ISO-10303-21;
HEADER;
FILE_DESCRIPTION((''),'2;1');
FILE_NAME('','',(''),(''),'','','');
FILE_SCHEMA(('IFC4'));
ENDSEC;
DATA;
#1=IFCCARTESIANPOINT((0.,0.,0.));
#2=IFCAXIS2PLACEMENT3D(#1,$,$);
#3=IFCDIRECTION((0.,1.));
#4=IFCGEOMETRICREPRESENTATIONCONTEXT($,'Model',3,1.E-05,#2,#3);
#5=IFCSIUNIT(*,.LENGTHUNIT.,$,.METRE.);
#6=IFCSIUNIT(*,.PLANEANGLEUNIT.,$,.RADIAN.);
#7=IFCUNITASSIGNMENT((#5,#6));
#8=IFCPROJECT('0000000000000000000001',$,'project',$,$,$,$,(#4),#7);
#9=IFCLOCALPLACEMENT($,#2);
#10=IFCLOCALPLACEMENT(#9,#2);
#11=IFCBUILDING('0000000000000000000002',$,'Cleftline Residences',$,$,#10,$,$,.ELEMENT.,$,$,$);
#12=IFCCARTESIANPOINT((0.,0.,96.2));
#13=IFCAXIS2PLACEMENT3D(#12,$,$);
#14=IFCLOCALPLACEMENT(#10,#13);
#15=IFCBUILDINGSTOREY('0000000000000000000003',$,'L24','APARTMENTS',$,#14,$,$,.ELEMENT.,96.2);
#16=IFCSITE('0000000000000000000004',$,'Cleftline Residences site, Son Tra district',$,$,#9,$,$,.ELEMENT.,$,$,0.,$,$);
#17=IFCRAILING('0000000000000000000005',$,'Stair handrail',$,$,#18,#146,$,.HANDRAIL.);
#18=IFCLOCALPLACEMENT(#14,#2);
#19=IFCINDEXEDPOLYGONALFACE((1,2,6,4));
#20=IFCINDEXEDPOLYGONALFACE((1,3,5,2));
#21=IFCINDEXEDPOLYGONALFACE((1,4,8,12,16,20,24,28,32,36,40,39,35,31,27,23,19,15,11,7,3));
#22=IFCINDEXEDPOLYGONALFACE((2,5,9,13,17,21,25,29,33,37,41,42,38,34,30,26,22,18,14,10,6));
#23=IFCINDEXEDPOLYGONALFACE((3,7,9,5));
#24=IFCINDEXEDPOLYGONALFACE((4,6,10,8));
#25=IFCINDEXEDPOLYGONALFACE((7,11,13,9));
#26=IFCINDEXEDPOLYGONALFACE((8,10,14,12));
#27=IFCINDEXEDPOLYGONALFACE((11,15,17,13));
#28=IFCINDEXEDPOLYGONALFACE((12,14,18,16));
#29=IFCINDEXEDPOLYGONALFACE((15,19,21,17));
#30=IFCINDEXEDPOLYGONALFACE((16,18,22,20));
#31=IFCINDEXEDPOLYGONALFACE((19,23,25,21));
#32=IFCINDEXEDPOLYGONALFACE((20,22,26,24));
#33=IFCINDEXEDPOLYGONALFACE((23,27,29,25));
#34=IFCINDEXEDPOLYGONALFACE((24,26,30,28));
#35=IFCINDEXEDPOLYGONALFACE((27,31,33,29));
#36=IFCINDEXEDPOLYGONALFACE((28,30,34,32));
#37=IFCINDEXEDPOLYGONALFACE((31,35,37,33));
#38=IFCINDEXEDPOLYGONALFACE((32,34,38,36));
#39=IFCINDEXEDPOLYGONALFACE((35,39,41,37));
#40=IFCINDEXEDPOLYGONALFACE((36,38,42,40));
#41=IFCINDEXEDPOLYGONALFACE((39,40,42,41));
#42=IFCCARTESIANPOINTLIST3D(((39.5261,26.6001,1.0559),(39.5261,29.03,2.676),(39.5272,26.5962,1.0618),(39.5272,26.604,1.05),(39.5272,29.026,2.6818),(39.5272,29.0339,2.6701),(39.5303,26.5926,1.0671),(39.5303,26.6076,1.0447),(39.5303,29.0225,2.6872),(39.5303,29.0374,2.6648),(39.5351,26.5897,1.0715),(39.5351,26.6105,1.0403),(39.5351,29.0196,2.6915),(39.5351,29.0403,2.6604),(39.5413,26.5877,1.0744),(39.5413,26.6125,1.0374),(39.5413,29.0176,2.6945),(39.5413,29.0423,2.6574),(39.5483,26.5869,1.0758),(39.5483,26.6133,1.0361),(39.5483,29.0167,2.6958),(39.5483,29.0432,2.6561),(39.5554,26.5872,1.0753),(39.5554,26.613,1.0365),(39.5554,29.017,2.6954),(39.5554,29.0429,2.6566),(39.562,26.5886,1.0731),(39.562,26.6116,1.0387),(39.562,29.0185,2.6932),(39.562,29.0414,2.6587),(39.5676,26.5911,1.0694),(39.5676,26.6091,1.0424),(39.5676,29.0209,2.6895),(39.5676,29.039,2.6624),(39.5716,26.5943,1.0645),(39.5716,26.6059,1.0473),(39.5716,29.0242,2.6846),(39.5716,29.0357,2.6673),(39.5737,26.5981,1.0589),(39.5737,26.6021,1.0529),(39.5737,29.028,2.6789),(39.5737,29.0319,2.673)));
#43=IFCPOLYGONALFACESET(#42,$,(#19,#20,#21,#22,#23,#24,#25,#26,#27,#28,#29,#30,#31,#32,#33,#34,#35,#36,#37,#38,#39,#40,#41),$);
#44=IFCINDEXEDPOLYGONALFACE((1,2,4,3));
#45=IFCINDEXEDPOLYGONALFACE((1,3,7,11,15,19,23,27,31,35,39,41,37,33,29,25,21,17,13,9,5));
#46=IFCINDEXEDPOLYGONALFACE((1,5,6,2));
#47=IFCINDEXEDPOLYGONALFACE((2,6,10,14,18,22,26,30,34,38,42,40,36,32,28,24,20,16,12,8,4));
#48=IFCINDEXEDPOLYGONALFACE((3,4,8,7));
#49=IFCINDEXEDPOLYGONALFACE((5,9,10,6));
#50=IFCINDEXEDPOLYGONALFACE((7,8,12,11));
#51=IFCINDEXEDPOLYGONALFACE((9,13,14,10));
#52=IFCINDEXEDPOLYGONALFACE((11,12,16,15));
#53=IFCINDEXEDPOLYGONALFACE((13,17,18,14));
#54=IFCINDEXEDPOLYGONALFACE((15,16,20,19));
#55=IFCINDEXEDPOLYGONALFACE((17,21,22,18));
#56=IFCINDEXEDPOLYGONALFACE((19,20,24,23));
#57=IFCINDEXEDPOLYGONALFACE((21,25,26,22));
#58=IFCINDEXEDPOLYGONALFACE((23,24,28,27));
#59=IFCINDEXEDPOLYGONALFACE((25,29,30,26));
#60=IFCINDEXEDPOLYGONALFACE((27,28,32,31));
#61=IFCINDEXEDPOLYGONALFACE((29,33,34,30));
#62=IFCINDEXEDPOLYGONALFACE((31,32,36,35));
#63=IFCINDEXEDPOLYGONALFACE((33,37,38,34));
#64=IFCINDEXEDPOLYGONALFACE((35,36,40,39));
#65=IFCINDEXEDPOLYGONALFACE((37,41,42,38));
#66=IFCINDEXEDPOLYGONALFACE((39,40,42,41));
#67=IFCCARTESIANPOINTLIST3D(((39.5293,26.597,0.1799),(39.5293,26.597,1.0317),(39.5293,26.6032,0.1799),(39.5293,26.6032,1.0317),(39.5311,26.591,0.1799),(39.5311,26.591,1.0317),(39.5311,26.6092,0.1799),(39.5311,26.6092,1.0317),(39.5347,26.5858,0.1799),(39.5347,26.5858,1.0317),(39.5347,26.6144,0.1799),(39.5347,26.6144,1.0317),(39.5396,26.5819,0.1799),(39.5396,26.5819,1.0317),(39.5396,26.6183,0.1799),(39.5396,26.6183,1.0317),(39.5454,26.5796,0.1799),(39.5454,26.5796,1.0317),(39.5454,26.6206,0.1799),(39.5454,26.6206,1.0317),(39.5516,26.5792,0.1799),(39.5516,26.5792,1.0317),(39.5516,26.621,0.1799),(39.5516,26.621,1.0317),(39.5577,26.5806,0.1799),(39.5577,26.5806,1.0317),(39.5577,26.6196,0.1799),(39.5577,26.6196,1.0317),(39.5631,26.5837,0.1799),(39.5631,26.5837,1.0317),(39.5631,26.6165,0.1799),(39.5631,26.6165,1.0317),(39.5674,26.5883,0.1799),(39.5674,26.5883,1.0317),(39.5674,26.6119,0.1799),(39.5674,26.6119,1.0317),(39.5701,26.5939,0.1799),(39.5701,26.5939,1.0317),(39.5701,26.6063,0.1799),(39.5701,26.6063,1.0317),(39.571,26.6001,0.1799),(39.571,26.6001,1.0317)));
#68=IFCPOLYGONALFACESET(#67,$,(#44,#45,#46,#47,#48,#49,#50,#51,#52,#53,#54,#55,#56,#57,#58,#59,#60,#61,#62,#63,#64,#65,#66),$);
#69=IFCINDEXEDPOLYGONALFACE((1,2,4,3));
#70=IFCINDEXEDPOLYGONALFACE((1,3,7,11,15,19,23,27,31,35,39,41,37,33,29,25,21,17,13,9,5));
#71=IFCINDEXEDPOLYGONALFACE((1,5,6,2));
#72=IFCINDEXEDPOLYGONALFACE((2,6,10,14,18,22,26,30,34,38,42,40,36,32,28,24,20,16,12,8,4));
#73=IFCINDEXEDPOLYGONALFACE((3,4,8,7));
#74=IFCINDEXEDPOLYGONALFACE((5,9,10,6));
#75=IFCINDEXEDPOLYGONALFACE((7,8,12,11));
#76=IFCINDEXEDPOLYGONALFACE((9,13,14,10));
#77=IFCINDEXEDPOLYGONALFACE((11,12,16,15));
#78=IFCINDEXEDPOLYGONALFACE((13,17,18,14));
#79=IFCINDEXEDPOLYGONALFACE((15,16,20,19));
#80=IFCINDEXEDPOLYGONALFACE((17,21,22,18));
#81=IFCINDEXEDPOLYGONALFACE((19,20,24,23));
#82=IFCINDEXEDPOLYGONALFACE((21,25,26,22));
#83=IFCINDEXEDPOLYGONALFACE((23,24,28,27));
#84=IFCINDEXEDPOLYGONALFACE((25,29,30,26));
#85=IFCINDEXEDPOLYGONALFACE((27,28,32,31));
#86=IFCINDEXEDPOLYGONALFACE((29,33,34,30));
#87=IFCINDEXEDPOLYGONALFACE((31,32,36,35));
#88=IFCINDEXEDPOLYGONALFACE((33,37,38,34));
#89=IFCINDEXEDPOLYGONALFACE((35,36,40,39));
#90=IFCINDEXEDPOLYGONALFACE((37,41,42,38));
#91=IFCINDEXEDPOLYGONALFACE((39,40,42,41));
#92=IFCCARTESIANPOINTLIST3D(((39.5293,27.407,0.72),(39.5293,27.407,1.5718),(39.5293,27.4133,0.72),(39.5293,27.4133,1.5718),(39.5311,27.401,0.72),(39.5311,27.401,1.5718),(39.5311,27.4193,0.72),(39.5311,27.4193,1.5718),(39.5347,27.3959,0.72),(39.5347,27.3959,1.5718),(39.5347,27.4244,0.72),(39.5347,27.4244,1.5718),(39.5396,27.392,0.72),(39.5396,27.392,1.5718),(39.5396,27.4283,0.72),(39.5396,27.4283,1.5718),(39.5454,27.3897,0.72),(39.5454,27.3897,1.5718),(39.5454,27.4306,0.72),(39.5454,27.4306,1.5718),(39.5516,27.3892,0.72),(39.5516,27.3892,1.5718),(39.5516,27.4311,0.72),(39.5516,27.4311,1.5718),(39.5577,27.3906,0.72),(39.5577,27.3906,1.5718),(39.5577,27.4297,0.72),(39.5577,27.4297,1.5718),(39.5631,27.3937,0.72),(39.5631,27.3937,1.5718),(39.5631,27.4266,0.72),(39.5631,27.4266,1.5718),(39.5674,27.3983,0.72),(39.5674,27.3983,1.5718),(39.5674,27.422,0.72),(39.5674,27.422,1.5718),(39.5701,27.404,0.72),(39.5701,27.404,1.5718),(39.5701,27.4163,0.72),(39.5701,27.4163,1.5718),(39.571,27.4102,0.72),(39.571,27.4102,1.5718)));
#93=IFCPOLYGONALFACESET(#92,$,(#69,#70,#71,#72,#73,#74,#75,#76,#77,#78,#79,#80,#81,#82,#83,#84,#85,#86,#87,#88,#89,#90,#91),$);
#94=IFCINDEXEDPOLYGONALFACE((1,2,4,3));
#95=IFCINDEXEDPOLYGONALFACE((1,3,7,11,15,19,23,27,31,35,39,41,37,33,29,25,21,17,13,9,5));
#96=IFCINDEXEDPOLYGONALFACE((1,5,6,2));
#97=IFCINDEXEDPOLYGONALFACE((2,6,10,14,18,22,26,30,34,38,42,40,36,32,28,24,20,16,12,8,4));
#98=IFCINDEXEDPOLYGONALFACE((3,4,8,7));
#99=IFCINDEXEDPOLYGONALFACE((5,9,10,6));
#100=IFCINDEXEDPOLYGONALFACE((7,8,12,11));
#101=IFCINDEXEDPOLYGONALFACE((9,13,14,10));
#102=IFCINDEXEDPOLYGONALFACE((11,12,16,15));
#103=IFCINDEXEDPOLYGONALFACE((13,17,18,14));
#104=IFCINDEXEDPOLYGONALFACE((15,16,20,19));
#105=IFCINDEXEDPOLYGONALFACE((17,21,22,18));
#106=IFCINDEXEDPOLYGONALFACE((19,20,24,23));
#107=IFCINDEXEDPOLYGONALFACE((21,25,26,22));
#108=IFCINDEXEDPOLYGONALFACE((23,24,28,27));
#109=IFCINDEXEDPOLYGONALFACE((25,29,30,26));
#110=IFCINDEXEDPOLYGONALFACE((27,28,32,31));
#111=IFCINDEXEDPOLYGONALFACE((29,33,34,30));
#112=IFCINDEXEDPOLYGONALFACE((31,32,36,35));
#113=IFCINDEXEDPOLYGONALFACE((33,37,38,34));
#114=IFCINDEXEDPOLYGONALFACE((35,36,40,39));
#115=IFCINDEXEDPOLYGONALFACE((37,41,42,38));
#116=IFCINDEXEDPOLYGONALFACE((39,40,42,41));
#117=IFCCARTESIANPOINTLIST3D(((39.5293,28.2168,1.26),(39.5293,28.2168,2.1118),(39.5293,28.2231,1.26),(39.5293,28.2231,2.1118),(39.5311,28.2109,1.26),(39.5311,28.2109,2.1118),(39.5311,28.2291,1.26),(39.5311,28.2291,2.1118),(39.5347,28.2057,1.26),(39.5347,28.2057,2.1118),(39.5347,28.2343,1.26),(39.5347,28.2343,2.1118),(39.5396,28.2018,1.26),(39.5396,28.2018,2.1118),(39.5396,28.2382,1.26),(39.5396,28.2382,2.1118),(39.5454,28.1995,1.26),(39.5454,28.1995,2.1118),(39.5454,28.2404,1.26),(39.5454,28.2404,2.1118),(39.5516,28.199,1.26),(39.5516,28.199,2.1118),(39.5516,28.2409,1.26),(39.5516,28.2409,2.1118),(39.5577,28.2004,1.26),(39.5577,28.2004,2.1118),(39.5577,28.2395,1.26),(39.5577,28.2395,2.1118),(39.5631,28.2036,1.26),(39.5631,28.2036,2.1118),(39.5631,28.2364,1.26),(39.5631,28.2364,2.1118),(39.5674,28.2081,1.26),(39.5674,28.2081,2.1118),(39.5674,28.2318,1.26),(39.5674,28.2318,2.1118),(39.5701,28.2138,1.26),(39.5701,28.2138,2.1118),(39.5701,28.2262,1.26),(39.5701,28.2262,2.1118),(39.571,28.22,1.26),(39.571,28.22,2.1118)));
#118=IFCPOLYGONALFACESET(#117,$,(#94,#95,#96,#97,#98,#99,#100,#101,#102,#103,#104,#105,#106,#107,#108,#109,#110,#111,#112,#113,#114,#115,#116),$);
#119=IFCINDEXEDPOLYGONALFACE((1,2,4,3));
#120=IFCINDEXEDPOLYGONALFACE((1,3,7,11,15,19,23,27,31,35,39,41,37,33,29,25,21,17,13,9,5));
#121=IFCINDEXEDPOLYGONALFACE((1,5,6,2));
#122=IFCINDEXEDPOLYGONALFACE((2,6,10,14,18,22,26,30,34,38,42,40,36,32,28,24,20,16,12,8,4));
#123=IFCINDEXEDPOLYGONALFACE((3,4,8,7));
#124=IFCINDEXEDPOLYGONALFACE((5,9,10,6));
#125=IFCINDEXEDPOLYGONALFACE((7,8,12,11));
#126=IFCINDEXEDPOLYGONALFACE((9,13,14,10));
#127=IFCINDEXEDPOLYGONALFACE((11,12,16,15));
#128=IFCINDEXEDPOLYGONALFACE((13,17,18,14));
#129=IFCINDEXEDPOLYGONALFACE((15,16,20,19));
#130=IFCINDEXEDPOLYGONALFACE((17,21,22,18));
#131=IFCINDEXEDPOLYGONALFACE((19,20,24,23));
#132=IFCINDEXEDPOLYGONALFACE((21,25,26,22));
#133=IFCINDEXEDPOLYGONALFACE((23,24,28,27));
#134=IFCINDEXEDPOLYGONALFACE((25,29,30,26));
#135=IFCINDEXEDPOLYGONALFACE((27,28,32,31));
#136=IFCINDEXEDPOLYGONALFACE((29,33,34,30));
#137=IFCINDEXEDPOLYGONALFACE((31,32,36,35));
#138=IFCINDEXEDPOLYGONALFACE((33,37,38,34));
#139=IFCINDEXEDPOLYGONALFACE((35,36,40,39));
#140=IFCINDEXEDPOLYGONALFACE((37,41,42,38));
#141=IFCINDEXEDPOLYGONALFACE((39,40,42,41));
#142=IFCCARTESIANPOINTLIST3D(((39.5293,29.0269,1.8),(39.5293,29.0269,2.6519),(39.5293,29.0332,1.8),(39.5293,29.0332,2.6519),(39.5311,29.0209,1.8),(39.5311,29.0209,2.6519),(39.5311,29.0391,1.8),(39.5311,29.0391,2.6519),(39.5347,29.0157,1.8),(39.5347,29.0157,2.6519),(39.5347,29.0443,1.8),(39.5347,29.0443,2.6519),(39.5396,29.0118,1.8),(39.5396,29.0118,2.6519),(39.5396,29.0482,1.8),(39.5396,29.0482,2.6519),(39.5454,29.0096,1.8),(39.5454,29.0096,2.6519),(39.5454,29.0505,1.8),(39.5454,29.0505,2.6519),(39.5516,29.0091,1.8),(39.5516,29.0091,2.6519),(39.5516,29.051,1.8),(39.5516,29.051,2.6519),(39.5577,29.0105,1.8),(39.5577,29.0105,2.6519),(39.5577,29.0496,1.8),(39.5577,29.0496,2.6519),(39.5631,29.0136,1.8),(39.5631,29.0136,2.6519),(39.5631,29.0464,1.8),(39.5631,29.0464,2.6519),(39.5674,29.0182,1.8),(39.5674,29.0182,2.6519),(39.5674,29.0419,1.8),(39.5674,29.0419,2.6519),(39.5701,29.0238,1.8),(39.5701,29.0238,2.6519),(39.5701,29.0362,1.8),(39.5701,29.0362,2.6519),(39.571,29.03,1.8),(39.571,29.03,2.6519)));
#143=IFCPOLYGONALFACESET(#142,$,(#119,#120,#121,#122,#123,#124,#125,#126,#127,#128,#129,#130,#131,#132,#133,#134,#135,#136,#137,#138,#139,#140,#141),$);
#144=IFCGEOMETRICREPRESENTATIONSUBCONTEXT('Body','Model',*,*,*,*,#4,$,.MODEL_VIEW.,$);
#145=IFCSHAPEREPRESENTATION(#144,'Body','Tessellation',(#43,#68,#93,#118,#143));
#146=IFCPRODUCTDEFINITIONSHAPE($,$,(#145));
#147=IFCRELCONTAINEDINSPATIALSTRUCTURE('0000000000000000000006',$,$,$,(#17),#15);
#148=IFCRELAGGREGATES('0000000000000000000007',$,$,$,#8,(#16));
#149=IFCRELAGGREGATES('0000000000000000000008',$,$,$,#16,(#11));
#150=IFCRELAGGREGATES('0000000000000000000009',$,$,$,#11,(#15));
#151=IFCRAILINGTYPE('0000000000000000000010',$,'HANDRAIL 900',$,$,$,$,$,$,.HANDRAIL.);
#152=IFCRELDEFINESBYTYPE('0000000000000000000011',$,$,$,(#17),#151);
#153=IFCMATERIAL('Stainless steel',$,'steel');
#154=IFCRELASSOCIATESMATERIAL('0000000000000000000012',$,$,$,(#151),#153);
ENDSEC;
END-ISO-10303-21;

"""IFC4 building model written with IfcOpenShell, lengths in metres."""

from ifc_helpers import new_model, si_unit, direction, frame, origin, origin_2d, place, context, subcontext, project, spatial, circle, extrude, material, type_object, element, save


model = new_model("IFC4")

# Units and contexts
model_context = context("Model", 3, precision=1e-05, world=origin(), true_north=direction((0.0, 1.0)))
body_context = subcontext(model_context, "Body", "Model", "MODEL_VIEW")
ifc_project = project(units=[si_unit("LENGTHUNIT", "METRE"), si_unit("PLANEANGLEUNIT", "RADIAN")], contexts=[model_context])

# Site, building, storey
site_placement = place(None, origin())
site = spatial("IfcSite", under=ifc_project, at=site_placement, Name="Cleftline Residences site, Son Tra district", CompositionType="ELEMENT", RefElevation=0.0)
building_placement = place(site_placement, origin())
building = spatial("IfcBuilding", under=site, at=building_placement, Name="Cleftline Residences", CompositionType="ELEMENT")
storey_placement = place(building_placement, frame((0.0, 0.0, 96.2)))
storey = spatial("IfcBuildingStorey", under=building, at=storey_placement, Name="L24", Description="APARTMENTS", CompositionType="ELEMENT", Elevation=96.2)

# Railing
ifc_material_1 = material(Name="Stainless steel", Category="steel")
railing_type = type_object("IfcRailingType", Name="HANDRAIL 900", PredefinedType="HANDRAIL", material=ifc_material_1)
railing_1_placement = place(storey_placement, frame((39.55, 26.6001, 0.1799)))
element("IfcRailing", 1, at=railing_1_placement, inside=storey, type_object=railing_type, Name="Stair handrail", PredefinedType="HANDRAIL", context=body_context, shape_type="SweptSolid", body=[
    extrude(circle(Radius=0.0239, at=origin_2d()), frame((0.0, 0.0, 0.876), z_axis=(0.0, 0.832025, 0.554739), x_axis=(-1.0, 0.0, 0.0)), (0.0, 0.0, 1.0), 2.9204),
    extrude(circle(Radius=0.021, at=origin_2d()), origin(), (0.0, 0.0, 1.0), 0.8518),
    extrude(circle(Radius=0.021, at=origin_2d()), frame((0.0, 0.8101, 0.54)), (0.0, 0.0, 1.0), 0.8518),
    extrude(circle(Radius=0.021, at=origin_2d()), frame((0.0, 1.6199, 1.0801)), (0.0, 0.0, 1.0), 0.8518),
    extrude(circle(Radius=0.021, at=origin_2d()), frame((0.0, 2.4299, 1.6201)), (0.0, 0.0, 1.0), 0.8518),
])

save(model, "model.ifc")
